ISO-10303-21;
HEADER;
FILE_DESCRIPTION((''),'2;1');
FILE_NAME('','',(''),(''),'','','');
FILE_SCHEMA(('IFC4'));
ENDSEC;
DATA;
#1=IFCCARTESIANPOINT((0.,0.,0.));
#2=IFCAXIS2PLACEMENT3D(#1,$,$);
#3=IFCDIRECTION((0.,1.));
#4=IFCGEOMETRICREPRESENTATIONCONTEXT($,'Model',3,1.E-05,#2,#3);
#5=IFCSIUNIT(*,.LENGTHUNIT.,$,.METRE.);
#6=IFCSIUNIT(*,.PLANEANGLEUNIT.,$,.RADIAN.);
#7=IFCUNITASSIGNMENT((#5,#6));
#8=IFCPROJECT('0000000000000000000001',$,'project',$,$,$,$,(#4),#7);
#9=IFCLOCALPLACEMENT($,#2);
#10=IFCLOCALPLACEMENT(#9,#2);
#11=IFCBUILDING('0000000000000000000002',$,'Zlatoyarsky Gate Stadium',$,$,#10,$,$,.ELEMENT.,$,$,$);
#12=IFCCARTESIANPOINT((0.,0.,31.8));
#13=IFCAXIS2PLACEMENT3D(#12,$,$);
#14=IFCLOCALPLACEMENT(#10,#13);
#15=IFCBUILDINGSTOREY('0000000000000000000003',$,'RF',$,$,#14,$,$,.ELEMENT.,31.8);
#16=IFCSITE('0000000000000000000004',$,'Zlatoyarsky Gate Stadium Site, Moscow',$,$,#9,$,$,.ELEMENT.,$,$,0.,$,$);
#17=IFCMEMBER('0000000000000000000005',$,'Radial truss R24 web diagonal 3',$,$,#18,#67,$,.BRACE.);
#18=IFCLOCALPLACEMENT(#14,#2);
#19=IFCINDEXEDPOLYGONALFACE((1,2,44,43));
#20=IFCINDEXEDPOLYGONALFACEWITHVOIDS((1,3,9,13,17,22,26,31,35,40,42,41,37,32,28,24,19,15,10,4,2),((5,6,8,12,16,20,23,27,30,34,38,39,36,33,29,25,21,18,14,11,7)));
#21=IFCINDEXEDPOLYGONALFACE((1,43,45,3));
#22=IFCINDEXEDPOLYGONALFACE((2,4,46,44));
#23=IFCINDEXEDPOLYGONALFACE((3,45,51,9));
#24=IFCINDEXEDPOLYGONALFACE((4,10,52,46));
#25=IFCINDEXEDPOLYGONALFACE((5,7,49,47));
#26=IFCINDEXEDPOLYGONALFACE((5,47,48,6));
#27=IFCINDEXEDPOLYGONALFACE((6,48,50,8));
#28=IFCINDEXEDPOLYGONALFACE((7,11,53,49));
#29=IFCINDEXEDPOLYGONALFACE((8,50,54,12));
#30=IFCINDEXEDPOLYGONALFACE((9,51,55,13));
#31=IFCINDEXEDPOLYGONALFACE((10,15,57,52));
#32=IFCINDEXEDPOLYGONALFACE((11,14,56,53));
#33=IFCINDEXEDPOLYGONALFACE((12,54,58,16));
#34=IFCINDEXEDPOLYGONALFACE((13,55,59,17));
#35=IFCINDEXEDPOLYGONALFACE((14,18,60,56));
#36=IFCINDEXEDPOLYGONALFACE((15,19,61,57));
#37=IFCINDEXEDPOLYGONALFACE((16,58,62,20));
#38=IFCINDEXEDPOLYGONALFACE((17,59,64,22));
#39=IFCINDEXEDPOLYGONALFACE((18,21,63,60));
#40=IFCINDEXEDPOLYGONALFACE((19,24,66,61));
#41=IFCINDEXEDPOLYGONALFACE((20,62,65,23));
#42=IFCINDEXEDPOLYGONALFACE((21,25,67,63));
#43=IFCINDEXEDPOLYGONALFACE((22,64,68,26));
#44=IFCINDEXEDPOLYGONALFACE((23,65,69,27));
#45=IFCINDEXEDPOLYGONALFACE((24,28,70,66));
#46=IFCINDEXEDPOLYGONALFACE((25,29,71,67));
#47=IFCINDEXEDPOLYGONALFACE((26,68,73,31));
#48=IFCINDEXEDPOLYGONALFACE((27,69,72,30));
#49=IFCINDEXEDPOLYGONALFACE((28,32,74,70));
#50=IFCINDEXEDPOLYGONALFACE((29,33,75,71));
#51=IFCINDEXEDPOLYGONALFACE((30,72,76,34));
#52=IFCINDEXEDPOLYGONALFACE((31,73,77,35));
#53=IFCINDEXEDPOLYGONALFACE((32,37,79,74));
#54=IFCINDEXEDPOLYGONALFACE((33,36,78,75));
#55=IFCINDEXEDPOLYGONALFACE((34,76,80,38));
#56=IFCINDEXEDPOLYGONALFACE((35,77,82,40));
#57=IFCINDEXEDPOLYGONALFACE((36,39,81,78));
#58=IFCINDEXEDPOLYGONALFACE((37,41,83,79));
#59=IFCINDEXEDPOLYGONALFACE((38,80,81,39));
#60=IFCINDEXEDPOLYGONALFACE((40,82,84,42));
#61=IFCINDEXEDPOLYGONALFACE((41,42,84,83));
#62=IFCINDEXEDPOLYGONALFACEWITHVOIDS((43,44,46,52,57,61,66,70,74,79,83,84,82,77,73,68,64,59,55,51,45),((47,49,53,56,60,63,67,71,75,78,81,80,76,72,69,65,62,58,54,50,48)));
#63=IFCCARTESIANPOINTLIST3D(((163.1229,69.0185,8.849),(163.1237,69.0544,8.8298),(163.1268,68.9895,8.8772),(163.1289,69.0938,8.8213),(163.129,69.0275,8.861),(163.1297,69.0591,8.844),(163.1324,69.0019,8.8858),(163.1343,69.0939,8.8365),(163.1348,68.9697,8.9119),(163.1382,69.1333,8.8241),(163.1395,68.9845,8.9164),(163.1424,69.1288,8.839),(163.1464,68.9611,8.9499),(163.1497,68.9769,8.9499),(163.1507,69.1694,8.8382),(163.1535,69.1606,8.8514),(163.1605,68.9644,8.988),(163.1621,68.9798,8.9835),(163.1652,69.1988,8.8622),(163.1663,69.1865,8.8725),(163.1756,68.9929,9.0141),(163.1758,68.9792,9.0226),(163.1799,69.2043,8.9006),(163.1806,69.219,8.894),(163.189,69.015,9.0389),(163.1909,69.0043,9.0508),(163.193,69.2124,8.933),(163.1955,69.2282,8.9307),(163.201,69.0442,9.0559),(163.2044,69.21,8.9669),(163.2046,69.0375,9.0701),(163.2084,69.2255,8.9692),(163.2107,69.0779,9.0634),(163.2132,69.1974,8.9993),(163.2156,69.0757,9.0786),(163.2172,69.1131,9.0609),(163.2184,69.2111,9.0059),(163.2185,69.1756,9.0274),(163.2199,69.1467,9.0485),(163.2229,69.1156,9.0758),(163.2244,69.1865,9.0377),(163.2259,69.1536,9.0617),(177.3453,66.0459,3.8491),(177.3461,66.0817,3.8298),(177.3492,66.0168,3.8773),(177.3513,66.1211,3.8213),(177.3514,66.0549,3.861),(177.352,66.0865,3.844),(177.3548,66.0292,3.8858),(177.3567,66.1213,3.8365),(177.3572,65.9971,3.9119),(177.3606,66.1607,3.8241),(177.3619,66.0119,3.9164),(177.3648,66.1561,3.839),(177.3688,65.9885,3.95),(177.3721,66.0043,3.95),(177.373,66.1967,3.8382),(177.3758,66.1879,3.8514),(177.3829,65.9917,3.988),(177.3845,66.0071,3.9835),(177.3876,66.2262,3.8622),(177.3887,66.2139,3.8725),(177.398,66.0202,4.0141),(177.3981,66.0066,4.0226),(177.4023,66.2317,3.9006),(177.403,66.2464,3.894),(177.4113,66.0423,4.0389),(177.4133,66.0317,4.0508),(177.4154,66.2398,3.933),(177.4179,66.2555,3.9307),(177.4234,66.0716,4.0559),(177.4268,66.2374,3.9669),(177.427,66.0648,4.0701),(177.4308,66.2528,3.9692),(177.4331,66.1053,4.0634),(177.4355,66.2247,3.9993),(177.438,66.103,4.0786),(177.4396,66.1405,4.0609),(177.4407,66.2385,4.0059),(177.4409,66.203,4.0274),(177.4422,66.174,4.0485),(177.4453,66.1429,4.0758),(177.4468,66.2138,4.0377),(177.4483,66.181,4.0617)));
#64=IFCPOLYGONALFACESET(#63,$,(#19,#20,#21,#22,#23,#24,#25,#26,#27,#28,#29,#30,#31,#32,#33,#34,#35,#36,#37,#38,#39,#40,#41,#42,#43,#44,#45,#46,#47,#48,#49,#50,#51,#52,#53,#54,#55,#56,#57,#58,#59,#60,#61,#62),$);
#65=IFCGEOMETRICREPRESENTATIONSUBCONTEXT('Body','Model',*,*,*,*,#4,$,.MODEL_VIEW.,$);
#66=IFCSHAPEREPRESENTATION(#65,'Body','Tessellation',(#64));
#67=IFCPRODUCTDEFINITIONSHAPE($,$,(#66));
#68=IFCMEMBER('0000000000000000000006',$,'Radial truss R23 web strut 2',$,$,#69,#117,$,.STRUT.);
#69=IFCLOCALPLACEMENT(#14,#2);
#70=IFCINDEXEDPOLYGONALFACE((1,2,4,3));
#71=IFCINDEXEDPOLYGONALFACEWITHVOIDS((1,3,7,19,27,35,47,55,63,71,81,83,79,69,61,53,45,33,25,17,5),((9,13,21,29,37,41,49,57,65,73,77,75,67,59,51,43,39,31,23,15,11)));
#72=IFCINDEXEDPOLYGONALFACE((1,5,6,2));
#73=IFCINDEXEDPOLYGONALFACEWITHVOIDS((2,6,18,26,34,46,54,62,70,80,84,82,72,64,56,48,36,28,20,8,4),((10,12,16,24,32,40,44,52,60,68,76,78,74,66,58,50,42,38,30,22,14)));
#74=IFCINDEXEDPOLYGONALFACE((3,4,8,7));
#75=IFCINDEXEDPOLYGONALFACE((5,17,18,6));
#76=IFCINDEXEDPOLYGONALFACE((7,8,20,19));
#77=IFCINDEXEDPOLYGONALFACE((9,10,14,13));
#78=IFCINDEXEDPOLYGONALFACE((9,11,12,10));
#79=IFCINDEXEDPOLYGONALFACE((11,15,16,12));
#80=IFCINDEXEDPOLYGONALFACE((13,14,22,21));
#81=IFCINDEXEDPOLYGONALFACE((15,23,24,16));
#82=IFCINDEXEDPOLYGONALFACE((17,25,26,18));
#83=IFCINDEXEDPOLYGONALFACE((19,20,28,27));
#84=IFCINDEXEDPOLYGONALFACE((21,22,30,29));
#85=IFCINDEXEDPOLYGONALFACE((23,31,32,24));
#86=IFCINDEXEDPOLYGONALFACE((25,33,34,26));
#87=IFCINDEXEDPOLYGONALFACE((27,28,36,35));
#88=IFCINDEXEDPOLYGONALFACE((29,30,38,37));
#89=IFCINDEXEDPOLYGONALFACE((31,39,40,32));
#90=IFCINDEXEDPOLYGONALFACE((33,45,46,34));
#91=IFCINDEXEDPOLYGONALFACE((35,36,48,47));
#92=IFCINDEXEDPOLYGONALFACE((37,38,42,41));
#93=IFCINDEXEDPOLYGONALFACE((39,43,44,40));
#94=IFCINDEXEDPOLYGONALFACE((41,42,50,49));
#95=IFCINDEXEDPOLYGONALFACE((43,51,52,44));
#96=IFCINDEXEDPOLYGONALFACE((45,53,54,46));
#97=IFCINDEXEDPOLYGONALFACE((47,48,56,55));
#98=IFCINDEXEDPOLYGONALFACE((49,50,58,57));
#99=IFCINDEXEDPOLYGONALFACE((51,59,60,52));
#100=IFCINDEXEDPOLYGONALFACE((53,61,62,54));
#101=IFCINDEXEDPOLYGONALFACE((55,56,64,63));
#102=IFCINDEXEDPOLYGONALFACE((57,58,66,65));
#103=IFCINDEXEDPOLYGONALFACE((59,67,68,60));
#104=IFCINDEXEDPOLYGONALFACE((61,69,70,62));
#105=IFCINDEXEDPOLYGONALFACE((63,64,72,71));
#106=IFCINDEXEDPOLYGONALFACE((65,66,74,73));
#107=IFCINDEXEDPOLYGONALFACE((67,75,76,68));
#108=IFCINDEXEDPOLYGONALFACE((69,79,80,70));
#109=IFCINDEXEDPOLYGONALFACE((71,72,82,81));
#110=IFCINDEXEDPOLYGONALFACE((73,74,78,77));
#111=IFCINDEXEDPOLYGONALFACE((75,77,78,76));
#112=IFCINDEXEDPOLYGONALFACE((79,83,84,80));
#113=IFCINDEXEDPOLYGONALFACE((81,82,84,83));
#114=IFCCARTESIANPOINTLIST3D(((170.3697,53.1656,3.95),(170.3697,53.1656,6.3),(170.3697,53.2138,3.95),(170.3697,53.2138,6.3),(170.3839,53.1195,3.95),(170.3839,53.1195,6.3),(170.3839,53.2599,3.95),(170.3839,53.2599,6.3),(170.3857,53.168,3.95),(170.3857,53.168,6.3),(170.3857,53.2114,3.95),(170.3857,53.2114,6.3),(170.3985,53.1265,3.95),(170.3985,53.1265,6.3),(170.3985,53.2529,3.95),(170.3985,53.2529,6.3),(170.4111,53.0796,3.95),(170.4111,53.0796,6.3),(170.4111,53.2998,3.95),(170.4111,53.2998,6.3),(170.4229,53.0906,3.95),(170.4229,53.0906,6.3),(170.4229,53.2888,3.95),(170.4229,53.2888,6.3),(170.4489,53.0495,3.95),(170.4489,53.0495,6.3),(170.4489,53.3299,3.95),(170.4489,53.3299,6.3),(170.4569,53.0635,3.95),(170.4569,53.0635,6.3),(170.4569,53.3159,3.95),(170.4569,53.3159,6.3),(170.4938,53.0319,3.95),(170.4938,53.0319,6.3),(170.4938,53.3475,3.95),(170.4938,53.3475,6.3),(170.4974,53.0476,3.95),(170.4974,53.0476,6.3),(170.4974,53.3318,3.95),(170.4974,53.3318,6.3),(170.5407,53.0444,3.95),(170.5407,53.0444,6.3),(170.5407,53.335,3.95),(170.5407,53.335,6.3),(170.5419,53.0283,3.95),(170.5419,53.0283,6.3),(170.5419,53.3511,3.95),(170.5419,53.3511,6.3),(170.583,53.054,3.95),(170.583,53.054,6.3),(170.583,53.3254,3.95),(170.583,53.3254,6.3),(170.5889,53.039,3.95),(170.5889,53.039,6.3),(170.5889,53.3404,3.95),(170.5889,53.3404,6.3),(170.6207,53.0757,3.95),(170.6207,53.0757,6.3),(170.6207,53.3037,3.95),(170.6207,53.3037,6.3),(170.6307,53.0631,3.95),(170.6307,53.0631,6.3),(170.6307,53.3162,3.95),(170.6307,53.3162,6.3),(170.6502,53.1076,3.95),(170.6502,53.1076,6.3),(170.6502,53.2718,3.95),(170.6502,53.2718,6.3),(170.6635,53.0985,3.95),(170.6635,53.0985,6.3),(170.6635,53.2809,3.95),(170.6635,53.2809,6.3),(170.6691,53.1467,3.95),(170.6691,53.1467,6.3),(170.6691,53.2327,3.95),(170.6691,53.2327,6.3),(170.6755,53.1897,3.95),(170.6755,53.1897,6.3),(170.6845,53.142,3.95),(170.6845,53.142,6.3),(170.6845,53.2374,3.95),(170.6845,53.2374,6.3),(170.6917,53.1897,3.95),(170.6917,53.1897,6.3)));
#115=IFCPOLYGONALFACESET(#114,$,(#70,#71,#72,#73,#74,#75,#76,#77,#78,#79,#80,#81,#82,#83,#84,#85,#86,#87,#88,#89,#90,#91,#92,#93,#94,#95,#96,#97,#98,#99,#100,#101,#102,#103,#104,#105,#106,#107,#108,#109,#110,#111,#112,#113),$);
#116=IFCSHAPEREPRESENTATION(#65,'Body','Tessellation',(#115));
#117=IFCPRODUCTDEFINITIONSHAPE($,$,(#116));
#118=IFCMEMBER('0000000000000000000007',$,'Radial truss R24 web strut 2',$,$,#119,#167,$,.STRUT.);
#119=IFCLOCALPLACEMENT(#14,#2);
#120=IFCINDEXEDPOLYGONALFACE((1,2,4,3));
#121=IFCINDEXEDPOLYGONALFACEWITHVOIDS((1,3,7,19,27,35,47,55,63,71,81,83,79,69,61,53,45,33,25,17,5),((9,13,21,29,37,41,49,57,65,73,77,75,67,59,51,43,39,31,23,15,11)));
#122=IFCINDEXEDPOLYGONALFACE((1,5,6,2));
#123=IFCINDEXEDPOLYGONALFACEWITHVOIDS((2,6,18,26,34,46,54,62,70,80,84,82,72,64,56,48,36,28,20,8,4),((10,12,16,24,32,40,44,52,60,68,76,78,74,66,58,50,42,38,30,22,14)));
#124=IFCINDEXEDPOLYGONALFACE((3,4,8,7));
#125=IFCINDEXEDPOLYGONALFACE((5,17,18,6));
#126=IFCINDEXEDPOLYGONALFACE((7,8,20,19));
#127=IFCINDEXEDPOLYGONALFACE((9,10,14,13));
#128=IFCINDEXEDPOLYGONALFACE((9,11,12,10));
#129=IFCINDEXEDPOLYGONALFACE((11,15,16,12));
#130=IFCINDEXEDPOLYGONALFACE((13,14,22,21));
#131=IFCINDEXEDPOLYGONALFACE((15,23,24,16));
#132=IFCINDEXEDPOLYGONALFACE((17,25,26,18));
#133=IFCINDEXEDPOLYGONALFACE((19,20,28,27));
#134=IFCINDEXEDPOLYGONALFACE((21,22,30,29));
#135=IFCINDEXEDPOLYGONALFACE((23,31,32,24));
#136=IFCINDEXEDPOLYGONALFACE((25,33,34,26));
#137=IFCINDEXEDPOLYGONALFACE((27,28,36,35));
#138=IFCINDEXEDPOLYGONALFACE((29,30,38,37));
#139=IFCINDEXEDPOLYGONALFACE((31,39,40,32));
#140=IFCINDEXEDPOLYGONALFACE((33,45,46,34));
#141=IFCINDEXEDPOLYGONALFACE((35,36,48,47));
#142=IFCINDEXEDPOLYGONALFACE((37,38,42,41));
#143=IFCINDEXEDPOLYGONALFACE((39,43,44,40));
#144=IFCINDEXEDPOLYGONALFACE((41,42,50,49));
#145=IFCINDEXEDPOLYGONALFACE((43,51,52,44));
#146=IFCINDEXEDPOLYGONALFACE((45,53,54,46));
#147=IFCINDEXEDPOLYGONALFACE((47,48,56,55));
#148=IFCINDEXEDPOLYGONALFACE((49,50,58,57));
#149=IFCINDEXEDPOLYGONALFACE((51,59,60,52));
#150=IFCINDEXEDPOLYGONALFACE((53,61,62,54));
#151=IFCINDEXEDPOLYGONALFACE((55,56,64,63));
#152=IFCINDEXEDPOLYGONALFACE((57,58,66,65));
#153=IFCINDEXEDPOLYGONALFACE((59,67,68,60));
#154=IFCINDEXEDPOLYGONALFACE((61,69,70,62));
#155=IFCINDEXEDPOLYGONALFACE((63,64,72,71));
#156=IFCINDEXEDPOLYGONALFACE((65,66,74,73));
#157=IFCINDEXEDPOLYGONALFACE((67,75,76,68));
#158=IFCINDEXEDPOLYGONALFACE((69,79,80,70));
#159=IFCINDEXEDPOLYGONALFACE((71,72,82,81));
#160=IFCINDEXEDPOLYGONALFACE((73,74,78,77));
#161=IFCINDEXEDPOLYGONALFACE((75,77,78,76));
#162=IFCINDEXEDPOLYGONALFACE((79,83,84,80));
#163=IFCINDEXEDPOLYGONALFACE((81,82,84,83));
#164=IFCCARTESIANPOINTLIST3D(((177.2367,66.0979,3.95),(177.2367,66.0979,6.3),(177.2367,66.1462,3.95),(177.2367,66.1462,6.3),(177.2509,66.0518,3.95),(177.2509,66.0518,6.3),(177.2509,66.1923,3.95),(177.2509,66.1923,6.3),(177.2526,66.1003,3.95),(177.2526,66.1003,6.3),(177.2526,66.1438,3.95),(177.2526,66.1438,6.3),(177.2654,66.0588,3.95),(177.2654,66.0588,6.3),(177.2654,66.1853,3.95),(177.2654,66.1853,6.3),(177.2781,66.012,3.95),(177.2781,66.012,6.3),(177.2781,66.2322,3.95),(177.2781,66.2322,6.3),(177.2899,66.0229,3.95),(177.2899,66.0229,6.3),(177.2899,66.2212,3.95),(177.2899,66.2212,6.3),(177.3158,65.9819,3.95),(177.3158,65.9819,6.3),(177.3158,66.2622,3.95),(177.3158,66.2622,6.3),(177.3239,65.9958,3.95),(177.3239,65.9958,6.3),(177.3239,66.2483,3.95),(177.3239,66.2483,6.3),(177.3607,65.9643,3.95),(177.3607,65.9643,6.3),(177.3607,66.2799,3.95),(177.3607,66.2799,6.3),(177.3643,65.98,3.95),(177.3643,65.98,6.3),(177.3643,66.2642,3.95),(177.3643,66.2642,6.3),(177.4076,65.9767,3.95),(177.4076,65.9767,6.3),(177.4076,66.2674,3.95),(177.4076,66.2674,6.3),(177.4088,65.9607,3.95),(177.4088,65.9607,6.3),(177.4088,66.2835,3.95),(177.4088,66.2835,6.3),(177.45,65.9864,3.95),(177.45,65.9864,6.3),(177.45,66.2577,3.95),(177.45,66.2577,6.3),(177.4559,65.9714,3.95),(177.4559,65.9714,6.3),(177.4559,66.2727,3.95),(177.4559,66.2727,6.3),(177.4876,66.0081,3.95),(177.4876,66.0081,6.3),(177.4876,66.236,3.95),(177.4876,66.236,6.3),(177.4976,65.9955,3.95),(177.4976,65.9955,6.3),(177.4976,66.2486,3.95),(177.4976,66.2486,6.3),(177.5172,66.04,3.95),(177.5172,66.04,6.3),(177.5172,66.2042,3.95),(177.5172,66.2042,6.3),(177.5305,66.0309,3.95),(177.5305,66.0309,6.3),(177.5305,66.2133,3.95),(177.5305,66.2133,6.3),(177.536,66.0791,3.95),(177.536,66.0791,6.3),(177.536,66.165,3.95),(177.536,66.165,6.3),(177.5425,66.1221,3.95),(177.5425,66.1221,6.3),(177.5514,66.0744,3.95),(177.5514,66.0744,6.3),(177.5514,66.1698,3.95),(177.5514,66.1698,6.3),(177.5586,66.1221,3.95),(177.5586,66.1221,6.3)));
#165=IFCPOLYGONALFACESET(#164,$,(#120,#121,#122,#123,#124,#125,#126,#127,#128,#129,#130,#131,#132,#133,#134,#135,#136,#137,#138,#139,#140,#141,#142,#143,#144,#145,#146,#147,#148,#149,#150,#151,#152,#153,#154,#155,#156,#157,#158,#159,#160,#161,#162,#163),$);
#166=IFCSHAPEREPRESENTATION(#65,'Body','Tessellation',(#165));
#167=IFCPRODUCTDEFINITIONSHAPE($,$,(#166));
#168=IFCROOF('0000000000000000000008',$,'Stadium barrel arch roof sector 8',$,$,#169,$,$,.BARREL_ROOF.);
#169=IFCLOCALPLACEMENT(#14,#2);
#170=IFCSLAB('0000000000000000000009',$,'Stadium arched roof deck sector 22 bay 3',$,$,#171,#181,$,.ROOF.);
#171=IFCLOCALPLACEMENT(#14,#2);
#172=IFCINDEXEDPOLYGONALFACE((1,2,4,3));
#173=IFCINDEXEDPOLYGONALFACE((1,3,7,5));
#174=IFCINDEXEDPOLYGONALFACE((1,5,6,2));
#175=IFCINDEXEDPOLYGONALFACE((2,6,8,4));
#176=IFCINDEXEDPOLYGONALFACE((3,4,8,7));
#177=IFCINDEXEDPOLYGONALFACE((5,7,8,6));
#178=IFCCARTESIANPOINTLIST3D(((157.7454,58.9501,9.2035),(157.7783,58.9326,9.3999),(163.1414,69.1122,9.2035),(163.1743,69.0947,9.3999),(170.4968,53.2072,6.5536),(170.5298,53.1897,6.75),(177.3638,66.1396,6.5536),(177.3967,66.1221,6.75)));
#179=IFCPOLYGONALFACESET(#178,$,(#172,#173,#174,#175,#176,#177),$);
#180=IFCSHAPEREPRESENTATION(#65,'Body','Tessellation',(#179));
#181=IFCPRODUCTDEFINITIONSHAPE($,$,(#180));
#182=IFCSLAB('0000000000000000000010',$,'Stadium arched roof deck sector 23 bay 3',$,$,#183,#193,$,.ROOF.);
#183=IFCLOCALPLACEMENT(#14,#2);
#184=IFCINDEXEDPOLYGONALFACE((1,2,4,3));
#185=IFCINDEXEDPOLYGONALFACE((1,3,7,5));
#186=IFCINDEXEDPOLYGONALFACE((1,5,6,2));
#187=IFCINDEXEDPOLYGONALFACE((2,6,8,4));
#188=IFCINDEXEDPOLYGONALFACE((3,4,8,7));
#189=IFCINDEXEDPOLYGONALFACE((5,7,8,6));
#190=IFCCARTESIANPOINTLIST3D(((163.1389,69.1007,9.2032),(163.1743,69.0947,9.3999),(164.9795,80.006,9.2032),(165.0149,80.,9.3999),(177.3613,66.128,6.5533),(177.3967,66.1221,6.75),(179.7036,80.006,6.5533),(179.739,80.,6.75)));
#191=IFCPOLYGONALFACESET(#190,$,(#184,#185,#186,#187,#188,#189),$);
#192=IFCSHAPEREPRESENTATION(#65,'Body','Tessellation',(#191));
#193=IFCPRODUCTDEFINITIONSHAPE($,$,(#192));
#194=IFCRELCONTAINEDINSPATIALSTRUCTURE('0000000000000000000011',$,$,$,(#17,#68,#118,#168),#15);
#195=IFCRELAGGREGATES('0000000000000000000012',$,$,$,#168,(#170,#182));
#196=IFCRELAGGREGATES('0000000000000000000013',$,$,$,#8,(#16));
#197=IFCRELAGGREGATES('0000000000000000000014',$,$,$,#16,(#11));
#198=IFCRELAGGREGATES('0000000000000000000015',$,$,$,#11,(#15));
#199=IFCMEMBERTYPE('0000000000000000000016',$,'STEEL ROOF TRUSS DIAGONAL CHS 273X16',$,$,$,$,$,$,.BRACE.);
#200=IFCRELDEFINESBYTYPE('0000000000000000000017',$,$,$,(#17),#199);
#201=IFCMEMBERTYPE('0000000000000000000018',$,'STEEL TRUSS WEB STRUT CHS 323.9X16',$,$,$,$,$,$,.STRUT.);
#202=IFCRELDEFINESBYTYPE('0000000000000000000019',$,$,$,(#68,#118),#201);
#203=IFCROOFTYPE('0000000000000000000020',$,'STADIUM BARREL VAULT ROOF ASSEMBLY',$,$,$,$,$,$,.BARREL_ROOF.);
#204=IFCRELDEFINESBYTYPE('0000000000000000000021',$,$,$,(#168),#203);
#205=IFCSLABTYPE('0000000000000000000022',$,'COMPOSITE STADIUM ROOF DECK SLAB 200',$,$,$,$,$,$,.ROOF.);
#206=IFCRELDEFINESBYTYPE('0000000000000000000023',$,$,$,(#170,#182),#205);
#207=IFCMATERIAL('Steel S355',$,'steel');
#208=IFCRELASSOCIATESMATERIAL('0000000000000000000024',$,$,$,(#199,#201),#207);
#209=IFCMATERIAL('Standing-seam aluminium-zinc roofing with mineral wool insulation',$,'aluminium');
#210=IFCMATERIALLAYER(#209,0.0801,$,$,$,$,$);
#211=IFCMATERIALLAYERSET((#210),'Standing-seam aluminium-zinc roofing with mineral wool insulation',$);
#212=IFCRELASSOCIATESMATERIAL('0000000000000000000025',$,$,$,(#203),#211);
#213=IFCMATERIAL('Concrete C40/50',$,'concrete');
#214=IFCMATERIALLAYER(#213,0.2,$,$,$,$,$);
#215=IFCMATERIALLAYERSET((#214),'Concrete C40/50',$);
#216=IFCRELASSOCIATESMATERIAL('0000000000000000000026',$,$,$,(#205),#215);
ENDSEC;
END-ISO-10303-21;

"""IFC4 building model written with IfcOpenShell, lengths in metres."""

from ifc_helpers import new_model, si_unit, direction, frame, origin, origin_2d, place, context, subcontext, project, spatial, polyline, hollow_circle, outline, extrude, material, layer, layer_set, material_profile, profile_set, type_object, element, aggregate, save


model = new_model("IFC4")

# Units and contexts
model_context = context("Model", 3, precision=1e-05, world=origin(), true_north=direction((0.0, 1.0)))
body_context = subcontext(model_context, "Body", "Model", "MODEL_VIEW")
ifc_project = project(units=[si_unit("LENGTHUNIT", "METRE"), si_unit("PLANEANGLEUNIT", "RADIAN")], contexts=[model_context])

# Site, building, storey
site_placement = place(None, origin())
site = spatial("IfcSite", under=ifc_project, at=site_placement, Name="Zlatoyarsky Gate Stadium Site, Moscow", CompositionType="ELEMENT", RefElevation=0.0)
building_placement = place(site_placement, origin())
building = spatial("IfcBuilding", under=site, at=building_placement, Name="Zlatoyarsky Gate Stadium", CompositionType="ELEMENT")
storey_placement = place(building_placement, frame((0.0, 0.0, 31.8)))
storey = spatial("IfcBuildingStorey", under=building, at=storey_placement, Name="RF", CompositionType="ELEMENT", Elevation=31.8)

# Shared definitions
ifc_material_1 = material(Name="Steel S355", Category="steel")

# Members
ifc_material_profile_1 = material_profile(ifc_material_1, hollow_circle(Radius=0.1365, WallThickness=0.0161, at=origin_2d()), Name="CHS 273X16")
ifc_profile_set_1 = profile_set([ifc_material_profile_1], Name="Steel S355")
member_type_1 = type_object("IfcMemberType", Name="STEEL ROOF TRUSS DIAGONAL CHS 273X16", PredefinedType="BRACE", material=ifc_profile_set_1)
member_1_placement = place(storey_placement, frame((177.3967, 66.1221, 3.95), z_axis=(-0.925577, 0.193457, 0.325394), x_axis=(-0.204591, -0.978848, 0.0)))
element("IfcMember", 1, at=member_1_placement, inside=storey, type_object=member_type_1, Name="Radial truss R24 web diagonal 3", PredefinedType="BRACE", context=body_context, shape_type="SweptSolid", body=[
    extrude(hollow_circle(Radius=0.1365, WallThickness=0.0161, at=origin_2d()), origin(), (0.0, 0.0, 1.0), 15.366),
])
ifc_material_profile_2 = material_profile(ifc_material_1, hollow_circle(Radius=0.1619, WallThickness=0.0161, at=origin_2d()), Name="CHS 323.9X16")
ifc_profile_set_2 = profile_set([ifc_material_profile_2], Name="Steel S355")
member_type_2 = type_object("IfcMemberType", Name="STEEL TRUSS WEB STRUT CHS 323.9X16", PredefinedType="STRUT", material=ifc_profile_set_2)
for number, where, z_axis, x_axis, name in (
    (2, (170.5298, 53.1897, 3.95), (0.0, 0.0, 1.0), (1.0, 0.0, 0.0), "Radial truss R23 web strut 2"),
    (3, (177.3967, 66.1221, 3.95), (0.0, 0.0, 1.0), (1.0, 0.0, 0.0), "Radial truss R24 web strut 2"),
):
    element("IfcMember", number, at=place(storey_placement, frame(where, z_axis=z_axis, x_axis=x_axis)), inside=storey, type_object=member_type_2, Name=name, PredefinedType="STRUT", context=body_context, shape_type="SweptSolid", body=[
        extrude(hollow_circle(Radius=0.1619, WallThickness=0.0161, at=origin_2d()), origin(), (0.0, 0.0, 1.0), 2.3501),
    ])

# Roof, slabs
ifc_material_2 = material(Name="Standing-seam aluminium-zinc roofing with mineral wool insulation", Category="aluminium")
ifc_layer_1 = layer(ifc_material_2, 0.0801)
ifc_layer_set_1 = layer_set([ifc_layer_1], Name="Standing-seam aluminium-zinc roofing with mineral wool insulation")
roof_type = type_object("IfcRoofType", Name="STADIUM BARREL VAULT ROOF ASSEMBLY", PredefinedType="BARREL_ROOF", material=ifc_layer_set_1)
roof_placement = place(storey_placement, origin())
roof = element("IfcRoof", 4, at=roof_placement, inside=storey, type_object=roof_type, Name="Stadium barrel arch roof sector 8", PredefinedType="BARREL_ROOF")
ifc_material_3 = material(Name="Concrete C40/50", Category="concrete")
ifc_layer_2 = layer(ifc_material_3, 0.2)
ifc_layer_set_2 = layer_set([ifc_layer_2], Name="Concrete C40/50")
slab_type = type_object("IfcSlabType", Name="COMPOSITE STADIUM ROOF DECK SLAB 200", PredefinedType="ROOF", material=ifc_layer_set_2)
slab_1_placement = place(storey_placement, frame((170.5298, 53.1897, 6.75), z_axis=(0.164762, -0.087487, 0.982446), x_axis=(0.468975, 0.883211, 0.0)))
slab_1 = element("IfcSlab", 5, at=slab_1_placement, type_object=slab_type, Name="Stadium arched roof deck sector 22 bay 3", PredefinedType="ROOF", context=body_context, shape_type="SweptSolid", body=[
    extrude(outline(polyline([(0.0, 0.0), (14.6424, 0.0), (10.598, 14.2049), (-0.9079, 14.2049), (0.0, 0.0)])), origin(), (0.0, 0.0, -1.0), 0.2),
])
slab_2_placement = place(storey_placement, frame((177.3967, 66.1221, 6.75), z_axis=(0.177045, -0.029881, 0.983749), x_axis=(0.166424, 0.986054, 0.0)))
slab_2 = element("IfcSlab", 6, at=slab_2_placement, type_object=slab_type, Name="Stadium arched roof deck sector 23 bay 3", PredefinedType="ROOF", context=body_context, shape_type="SweptSolid", body=[
    extrude(outline(polyline([(0.0, 0.0), (14.0742, 0.0), (11.6238, 14.7586), (0.5642, 14.7586), (0.0, 0.0)])), origin(), (0.0, 0.0, -1.0), 0.2),
])

aggregate(roof, [slab_1, slab_2])

save(model, "model.ifc")
